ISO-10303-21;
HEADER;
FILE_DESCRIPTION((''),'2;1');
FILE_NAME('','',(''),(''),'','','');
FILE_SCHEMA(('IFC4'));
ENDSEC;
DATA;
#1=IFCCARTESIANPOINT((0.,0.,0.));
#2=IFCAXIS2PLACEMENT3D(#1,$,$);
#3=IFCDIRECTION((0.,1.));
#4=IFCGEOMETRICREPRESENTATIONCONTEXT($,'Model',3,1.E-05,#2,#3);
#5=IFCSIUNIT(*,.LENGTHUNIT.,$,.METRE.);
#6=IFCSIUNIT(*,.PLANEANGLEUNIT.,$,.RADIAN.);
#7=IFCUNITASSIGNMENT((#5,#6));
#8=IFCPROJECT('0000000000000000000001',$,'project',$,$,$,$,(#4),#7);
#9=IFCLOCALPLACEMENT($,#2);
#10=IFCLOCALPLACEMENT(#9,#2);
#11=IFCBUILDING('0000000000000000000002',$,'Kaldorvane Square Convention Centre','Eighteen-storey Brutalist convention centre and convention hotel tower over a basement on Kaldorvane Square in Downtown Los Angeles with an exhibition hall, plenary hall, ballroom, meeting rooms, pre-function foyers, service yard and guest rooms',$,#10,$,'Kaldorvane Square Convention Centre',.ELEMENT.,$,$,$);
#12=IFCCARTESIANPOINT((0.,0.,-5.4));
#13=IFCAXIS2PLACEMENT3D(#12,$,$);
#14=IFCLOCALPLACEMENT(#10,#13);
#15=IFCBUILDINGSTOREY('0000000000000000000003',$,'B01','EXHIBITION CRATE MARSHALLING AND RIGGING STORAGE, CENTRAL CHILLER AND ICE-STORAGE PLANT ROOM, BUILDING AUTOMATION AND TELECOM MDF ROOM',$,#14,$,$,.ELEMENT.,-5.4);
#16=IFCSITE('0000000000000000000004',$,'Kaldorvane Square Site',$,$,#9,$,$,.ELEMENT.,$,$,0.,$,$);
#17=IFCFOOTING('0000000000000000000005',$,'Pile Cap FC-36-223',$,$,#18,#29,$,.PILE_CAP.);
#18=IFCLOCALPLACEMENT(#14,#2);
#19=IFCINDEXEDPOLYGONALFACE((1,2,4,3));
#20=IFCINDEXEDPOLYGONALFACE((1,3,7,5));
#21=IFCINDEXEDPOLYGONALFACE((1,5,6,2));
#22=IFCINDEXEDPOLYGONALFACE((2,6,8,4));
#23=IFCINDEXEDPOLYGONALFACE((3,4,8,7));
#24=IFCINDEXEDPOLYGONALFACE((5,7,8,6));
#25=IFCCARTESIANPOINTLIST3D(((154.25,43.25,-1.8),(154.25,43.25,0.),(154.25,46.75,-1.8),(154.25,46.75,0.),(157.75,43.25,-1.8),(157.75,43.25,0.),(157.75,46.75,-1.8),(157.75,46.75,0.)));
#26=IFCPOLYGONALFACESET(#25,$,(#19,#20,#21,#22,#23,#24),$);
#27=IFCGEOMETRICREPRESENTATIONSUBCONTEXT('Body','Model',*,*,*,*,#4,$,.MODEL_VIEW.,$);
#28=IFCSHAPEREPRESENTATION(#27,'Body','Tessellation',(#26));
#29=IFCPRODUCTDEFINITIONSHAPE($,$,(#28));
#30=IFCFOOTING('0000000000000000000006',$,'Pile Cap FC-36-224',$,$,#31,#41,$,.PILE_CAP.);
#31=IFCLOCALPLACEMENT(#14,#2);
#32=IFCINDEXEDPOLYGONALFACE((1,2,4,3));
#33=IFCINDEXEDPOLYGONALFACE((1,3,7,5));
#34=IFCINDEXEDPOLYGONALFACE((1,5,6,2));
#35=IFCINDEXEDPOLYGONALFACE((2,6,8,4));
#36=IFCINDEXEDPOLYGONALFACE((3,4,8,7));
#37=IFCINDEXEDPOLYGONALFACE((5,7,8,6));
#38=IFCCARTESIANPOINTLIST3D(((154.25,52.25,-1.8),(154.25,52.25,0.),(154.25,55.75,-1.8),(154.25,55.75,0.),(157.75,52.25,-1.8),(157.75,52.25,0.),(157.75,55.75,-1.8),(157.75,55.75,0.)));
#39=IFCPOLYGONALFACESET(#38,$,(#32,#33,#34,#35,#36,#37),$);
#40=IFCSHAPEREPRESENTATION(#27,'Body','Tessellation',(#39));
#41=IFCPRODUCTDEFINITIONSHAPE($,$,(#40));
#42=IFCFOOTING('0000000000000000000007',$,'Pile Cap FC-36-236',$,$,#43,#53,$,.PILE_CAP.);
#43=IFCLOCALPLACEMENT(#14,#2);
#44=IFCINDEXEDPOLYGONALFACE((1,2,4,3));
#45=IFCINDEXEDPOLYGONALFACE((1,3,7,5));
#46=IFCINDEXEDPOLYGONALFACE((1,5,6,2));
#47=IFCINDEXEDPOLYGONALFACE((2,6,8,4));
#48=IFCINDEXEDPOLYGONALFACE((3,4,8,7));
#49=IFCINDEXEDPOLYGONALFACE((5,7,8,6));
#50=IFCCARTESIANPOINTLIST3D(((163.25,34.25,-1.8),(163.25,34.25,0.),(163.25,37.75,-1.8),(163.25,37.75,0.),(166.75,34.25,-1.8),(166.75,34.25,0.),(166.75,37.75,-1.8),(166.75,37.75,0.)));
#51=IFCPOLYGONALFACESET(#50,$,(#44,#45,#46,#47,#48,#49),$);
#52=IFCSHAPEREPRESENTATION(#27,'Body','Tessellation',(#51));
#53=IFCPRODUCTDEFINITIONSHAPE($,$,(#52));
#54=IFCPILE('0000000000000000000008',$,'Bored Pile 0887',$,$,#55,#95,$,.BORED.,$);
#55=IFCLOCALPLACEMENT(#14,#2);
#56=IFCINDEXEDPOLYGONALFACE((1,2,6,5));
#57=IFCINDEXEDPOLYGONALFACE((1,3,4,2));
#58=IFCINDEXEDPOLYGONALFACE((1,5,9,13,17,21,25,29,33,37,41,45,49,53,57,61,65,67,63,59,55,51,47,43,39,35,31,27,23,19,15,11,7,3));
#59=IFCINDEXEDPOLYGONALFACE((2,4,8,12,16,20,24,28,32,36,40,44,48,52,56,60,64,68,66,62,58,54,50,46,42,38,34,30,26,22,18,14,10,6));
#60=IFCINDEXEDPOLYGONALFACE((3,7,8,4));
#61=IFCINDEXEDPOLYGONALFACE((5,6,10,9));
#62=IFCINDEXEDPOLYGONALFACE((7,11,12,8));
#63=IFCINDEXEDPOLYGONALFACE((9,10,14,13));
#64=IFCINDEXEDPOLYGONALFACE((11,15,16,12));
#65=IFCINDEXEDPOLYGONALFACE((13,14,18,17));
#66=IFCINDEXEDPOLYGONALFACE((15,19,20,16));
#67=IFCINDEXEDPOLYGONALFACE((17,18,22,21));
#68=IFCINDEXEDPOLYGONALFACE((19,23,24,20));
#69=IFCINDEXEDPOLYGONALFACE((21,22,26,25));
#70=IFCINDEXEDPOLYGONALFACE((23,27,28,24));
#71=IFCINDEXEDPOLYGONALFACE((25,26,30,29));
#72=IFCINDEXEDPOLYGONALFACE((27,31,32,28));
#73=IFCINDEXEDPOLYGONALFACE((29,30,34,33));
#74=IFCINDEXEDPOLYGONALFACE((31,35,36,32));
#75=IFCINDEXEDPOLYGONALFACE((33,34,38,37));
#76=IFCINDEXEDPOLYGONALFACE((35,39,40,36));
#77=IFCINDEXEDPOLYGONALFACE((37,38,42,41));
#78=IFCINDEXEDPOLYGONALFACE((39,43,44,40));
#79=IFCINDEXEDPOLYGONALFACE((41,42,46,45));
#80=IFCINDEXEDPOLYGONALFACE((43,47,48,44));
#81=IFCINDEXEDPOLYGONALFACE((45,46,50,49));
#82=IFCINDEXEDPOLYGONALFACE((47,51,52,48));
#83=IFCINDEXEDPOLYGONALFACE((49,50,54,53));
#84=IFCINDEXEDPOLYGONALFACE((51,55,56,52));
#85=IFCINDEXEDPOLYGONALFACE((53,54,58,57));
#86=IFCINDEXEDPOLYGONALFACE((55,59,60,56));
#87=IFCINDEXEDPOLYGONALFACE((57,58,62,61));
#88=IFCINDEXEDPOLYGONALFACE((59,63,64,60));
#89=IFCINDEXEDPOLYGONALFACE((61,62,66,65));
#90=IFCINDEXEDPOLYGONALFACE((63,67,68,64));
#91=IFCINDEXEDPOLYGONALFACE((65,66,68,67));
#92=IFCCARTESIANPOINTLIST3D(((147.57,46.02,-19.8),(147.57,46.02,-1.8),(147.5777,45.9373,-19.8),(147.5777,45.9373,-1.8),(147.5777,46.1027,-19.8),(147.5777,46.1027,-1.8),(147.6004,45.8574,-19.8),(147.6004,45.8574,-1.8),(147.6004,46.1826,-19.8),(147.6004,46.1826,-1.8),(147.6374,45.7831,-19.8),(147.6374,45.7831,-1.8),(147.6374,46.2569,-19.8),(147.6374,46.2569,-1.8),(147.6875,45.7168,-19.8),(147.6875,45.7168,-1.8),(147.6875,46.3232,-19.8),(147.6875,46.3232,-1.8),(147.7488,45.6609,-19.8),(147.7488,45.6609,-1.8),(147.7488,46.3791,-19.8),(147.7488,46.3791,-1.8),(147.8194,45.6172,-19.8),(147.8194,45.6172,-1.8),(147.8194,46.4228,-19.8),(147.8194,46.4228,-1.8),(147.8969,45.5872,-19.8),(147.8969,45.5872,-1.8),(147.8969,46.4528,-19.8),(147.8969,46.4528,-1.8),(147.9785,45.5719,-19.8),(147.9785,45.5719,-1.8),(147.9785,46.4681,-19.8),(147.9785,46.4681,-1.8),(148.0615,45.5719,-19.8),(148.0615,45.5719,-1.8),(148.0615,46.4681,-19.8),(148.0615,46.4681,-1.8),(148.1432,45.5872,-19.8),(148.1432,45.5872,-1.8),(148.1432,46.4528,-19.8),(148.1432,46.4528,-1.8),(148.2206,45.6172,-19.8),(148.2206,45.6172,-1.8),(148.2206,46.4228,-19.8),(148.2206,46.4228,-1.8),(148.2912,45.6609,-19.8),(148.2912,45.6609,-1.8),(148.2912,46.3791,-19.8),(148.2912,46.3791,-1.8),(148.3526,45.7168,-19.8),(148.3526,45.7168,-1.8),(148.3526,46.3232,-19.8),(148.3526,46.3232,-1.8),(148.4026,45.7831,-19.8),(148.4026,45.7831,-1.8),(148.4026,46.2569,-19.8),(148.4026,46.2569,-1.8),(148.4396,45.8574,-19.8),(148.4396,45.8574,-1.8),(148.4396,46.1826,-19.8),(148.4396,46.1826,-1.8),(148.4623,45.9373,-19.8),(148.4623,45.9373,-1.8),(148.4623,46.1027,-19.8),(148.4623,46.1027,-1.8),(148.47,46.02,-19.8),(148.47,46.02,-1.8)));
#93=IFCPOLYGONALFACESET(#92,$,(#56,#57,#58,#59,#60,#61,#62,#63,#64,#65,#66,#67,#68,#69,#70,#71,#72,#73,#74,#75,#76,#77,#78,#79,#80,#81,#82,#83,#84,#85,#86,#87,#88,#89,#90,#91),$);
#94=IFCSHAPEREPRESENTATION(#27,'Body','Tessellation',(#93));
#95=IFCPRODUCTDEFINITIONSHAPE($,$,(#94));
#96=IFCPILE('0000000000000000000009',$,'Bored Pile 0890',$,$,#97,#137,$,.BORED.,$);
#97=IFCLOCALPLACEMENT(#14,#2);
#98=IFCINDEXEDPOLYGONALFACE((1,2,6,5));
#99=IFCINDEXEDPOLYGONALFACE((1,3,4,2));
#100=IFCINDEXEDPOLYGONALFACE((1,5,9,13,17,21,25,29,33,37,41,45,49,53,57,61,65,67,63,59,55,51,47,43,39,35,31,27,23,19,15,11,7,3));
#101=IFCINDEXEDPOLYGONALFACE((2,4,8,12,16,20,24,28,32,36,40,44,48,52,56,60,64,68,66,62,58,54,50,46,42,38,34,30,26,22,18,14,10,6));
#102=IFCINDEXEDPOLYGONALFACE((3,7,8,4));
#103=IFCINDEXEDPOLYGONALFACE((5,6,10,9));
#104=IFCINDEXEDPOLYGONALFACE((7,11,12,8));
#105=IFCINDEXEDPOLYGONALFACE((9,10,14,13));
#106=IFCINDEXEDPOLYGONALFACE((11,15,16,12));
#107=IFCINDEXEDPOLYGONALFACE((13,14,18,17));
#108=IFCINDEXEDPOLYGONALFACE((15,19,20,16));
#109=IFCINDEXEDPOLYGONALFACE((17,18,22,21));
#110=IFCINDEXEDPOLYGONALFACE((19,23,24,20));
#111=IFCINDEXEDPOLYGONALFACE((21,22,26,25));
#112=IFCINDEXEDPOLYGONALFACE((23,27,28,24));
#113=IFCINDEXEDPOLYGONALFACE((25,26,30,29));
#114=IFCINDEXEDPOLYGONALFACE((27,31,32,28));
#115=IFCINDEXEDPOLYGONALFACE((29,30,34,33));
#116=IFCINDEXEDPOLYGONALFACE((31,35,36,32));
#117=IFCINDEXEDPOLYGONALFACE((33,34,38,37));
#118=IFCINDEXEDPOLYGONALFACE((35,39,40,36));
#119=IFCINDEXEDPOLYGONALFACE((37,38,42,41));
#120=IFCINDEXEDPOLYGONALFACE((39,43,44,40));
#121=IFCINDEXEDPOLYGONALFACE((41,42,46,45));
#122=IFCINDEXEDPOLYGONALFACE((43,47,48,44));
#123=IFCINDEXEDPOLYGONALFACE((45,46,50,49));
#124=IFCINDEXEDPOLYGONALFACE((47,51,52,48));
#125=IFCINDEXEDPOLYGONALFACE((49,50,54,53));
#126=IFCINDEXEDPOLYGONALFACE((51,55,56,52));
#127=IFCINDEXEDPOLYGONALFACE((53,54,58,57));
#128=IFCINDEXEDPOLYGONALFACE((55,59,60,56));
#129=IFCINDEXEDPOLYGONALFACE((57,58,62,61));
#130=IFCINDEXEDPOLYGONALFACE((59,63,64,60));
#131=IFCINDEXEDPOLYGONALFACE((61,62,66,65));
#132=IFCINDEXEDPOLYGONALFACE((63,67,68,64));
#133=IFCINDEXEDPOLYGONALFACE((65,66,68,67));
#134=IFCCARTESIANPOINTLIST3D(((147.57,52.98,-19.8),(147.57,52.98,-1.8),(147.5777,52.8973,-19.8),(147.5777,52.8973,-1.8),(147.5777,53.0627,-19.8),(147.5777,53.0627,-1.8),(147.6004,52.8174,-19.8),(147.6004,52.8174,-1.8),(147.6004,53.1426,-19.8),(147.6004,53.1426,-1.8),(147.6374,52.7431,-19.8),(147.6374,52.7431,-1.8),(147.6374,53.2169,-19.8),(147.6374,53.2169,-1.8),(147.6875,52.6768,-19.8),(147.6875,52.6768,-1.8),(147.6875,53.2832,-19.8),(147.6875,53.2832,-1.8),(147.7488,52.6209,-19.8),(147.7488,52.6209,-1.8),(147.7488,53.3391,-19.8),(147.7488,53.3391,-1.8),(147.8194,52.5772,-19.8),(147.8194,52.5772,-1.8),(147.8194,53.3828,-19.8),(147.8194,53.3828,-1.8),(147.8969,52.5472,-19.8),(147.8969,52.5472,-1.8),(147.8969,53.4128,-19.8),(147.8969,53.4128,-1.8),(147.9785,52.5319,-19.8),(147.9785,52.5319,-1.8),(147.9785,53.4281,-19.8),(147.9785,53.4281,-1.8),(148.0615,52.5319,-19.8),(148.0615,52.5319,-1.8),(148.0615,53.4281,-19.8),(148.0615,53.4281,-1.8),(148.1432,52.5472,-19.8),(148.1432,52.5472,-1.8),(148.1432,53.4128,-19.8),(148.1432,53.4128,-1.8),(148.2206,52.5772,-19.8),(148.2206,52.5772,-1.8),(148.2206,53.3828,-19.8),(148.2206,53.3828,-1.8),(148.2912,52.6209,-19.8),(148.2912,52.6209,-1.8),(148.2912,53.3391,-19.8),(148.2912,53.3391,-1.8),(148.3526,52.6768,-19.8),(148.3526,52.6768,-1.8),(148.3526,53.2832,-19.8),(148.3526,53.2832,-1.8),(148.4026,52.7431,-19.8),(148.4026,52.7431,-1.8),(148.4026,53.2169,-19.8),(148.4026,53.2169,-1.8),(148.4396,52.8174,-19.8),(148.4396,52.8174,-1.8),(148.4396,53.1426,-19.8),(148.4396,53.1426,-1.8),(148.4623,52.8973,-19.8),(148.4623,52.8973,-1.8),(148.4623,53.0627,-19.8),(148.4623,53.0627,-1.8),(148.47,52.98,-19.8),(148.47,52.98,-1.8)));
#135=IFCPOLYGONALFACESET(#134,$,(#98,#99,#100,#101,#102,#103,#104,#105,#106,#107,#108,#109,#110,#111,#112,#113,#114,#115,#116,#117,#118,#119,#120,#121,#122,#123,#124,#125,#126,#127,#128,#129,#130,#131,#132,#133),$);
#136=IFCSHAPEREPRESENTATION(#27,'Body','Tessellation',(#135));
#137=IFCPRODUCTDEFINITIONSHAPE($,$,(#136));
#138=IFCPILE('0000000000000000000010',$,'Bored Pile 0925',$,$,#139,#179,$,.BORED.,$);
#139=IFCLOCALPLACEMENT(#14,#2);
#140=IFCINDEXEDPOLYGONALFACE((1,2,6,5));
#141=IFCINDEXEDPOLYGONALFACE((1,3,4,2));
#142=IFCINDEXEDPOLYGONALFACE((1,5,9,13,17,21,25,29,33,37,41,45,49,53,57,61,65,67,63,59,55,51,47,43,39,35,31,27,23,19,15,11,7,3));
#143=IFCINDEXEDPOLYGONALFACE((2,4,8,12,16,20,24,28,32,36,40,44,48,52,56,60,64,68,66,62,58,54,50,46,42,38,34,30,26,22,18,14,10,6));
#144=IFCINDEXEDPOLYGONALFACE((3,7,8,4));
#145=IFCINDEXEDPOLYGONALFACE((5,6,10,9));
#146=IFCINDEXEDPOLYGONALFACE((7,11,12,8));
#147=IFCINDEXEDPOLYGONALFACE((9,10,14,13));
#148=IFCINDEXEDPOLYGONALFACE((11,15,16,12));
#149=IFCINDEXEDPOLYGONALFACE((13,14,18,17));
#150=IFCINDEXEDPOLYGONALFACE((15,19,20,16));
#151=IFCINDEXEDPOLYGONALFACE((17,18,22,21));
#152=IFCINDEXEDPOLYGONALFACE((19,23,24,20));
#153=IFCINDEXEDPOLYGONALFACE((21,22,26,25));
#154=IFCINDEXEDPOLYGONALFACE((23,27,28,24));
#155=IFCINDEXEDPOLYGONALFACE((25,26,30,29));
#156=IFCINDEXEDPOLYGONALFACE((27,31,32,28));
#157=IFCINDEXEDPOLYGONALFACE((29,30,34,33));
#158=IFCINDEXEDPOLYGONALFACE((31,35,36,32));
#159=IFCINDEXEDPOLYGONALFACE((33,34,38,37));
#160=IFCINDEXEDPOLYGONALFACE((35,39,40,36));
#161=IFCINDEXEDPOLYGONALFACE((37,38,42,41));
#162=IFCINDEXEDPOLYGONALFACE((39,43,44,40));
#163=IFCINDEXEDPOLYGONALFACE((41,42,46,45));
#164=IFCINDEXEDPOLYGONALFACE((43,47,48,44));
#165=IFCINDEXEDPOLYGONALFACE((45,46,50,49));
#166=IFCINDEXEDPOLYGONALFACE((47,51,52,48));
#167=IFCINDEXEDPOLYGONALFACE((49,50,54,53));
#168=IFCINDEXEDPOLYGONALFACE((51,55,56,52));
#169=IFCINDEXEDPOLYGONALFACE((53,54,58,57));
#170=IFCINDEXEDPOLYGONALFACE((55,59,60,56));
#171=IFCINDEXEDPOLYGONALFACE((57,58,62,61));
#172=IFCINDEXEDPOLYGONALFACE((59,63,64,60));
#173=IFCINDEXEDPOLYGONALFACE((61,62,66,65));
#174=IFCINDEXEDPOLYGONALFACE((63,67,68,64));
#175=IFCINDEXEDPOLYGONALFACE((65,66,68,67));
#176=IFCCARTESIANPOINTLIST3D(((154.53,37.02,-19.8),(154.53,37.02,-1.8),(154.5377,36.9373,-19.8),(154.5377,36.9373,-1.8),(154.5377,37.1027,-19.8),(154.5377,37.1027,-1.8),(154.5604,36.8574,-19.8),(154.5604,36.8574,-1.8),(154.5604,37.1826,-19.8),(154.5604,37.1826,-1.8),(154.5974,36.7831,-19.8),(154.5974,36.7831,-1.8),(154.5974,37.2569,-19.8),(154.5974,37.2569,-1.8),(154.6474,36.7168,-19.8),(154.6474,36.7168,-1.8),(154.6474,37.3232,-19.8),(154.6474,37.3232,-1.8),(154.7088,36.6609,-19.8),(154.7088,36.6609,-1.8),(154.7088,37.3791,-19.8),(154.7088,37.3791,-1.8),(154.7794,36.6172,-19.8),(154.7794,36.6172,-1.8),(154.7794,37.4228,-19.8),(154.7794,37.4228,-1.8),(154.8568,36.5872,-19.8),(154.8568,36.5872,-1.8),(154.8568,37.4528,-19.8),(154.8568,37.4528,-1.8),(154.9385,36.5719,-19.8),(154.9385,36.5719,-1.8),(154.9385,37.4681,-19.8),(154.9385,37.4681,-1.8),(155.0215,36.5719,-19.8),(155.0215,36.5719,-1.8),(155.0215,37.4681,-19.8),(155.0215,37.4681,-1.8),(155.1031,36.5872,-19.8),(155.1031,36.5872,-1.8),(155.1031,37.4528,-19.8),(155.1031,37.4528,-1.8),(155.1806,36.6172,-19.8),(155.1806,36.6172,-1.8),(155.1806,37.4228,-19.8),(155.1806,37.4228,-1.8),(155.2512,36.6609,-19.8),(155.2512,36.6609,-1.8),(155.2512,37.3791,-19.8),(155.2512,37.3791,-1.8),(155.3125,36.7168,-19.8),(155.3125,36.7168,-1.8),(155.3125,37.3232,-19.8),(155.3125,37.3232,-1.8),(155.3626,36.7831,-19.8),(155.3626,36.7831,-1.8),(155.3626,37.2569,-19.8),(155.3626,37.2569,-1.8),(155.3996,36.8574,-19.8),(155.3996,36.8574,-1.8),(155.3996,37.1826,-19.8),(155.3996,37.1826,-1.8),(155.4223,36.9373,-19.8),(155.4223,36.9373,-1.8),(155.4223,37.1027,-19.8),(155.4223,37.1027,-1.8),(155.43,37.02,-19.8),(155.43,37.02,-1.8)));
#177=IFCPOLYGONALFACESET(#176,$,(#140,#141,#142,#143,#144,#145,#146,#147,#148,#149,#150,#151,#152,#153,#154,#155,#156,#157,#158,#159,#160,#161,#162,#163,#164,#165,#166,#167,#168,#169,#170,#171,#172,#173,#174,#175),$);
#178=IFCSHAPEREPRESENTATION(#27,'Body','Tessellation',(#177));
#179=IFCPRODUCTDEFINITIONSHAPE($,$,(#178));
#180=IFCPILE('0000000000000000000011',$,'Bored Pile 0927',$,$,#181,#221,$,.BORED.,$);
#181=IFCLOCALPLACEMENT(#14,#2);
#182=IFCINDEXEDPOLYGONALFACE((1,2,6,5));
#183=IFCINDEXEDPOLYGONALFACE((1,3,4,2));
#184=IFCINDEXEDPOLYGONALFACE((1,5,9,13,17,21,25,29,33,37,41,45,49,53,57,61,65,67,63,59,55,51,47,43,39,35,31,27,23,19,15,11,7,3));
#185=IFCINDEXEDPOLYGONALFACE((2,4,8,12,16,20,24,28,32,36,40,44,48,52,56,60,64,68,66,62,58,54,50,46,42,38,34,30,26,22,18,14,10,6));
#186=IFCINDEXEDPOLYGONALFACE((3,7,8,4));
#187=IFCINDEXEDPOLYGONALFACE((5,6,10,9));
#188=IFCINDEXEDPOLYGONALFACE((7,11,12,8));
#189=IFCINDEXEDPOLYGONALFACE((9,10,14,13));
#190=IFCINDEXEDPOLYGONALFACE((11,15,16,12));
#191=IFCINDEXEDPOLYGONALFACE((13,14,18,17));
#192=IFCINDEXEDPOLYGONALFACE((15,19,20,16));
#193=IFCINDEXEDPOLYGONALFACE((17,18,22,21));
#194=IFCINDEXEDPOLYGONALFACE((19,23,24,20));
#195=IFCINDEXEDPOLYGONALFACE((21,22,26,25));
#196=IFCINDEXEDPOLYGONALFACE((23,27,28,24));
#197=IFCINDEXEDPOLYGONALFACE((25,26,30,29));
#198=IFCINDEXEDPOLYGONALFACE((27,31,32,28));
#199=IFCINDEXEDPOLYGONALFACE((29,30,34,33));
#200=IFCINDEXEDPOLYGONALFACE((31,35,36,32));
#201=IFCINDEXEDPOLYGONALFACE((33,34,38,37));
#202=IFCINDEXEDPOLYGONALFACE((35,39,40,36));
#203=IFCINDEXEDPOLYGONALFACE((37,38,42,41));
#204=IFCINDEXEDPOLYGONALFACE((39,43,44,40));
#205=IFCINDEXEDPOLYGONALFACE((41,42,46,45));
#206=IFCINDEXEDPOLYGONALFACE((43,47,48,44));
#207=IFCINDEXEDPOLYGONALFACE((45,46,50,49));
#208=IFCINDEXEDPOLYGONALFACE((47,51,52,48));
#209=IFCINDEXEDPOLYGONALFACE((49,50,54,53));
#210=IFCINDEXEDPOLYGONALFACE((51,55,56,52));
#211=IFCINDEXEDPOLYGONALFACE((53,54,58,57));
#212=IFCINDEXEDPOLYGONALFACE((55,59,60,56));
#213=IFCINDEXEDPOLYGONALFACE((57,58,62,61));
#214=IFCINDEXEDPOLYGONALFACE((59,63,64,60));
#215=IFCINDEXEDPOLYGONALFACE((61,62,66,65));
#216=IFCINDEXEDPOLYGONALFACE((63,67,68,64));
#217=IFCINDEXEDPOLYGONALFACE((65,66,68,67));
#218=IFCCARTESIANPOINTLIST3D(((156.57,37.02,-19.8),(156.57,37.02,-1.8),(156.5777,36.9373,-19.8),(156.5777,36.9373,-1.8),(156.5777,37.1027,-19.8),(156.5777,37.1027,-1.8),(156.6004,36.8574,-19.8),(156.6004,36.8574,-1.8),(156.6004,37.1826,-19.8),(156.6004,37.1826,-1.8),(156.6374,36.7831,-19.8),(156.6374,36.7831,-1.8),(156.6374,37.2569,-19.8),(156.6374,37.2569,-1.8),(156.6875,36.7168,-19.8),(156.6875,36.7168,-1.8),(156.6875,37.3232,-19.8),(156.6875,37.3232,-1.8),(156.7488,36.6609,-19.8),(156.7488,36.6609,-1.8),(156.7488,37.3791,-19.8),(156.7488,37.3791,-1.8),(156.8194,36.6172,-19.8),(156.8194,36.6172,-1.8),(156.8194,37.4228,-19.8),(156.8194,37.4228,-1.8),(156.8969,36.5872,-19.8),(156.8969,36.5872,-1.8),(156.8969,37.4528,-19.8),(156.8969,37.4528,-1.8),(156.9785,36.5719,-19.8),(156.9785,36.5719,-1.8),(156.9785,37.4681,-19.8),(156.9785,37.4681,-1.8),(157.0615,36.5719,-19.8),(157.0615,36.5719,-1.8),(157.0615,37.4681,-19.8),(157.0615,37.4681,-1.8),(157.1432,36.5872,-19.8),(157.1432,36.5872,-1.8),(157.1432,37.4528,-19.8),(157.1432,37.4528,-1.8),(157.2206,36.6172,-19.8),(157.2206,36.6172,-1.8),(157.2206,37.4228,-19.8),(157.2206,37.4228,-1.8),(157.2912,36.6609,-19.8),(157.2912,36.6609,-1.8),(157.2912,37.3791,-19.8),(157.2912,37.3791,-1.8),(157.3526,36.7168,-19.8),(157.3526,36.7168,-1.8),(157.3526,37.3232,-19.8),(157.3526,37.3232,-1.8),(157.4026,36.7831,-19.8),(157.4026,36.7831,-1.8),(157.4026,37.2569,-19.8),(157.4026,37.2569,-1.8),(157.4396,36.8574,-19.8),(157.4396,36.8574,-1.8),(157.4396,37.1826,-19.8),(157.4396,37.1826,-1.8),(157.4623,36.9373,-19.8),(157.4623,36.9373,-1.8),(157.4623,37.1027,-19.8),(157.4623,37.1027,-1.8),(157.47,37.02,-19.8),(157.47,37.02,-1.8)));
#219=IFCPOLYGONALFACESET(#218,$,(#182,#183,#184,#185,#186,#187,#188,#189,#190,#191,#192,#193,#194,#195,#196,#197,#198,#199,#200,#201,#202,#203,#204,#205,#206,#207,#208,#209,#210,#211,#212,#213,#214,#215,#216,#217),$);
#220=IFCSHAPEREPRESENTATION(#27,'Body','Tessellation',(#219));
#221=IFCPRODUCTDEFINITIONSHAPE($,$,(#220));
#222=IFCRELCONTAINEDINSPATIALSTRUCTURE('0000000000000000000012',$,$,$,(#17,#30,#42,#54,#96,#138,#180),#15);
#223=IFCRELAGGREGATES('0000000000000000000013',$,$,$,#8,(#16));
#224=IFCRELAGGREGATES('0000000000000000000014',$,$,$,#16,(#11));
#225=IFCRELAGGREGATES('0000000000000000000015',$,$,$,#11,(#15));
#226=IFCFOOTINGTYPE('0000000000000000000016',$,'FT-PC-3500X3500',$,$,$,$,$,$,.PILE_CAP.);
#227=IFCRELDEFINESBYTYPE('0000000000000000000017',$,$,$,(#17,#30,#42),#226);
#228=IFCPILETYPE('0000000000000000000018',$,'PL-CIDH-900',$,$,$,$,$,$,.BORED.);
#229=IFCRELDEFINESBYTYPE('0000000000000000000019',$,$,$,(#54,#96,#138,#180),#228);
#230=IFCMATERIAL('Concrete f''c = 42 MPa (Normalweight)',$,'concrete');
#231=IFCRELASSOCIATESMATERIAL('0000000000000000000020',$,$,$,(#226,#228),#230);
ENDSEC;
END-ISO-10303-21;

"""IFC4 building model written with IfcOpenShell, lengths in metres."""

from ifc_helpers import new_model, si_unit, direction, frame, origin, origin_2d, place, context, subcontext, project, spatial, rectangle, circle, extrude, material, material_profile, profile_set, type_object, element, save


model = new_model("IFC4")

# Units and contexts
model_context = context("Model", 3, precision=1e-05, world=origin(), true_north=direction((0.0, 1.0)))
body_context = subcontext(model_context, "Body", "Model", "MODEL_VIEW")
ifc_project = project(units=[si_unit("LENGTHUNIT", "METRE"), si_unit("PLANEANGLEUNIT", "RADIAN")], contexts=[model_context])

# Site, building, storey
site_placement = place(None, origin())
site = spatial("IfcSite", under=ifc_project, at=site_placement, Name="Kaldorvane Square Site", CompositionType="ELEMENT", RefElevation=0.0)
building_placement = place(site_placement, origin())
building = spatial("IfcBuilding", under=site, at=building_placement, Name="Kaldorvane Square Convention Centre", Description="Eighteen-storey Brutalist convention centre and convention hotel tower over a basement on Kaldorvane Square in Downtown Los Angeles with an exhibition hall, plenary hall, ballroom, meeting rooms, pre-function foyers, service yard and guest rooms", LongName="Kaldorvane Square Convention Centre", CompositionType="ELEMENT")
storey_placement = place(building_placement, frame((0.0, 0.0, -5.4)))
storey = spatial("IfcBuildingStorey", under=building, at=storey_placement, Name="B01", Description="EXHIBITION CRATE MARSHALLING AND RIGGING STORAGE, CENTRAL CHILLER AND ICE-STORAGE PLANT ROOM, BUILDING AUTOMATION AND TELECOM MDF ROOM", CompositionType="ELEMENT", Elevation=-5.4)

# Footings
ifc_material_1 = material(Name="Concrete f'c = 42 MPa (Normalweight)", Category="concrete")
footing_type = type_object("IfcFootingType", Name="FT-PC-3500X3500", PredefinedType="PILE_CAP", material=ifc_material_1)
for number, where, z_axis, x_axis, name in (
    (1, (156.0, 45.0, -1.8), (0.0, 0.0, 1.0), (1.0, 0.0, 0.0), "Pile Cap FC-36-223"),
    (2, (156.0, 54.0, -1.8), (0.0, 0.0, 1.0), (1.0, 0.0, 0.0), "Pile Cap FC-36-224"),
    (3, (165.0, 36.0, -1.8), (0.0, 0.0, 1.0), (1.0, 0.0, 0.0), "Pile Cap FC-36-236"),
):
    element("IfcFooting", number, at=place(storey_placement, frame(where, z_axis=z_axis, x_axis=x_axis)), inside=storey, type_object=footing_type, Name=name, PredefinedType="PILE_CAP", context=body_context, shape_type="SweptSolid", body=[
        extrude(rectangle(XDim=3.5, YDim=3.5, at=origin_2d()), origin(), (0.0, 0.0, 1.0), 1.8),
    ])

# Piles
ifc_material_profile_1 = material_profile(ifc_material_1, circle(Radius=0.45, at=origin_2d()), Name="PILE-D900")
ifc_profile_set_1 = profile_set([ifc_material_profile_1], Name="Concrete f'c = 42 MPa (Normalweight)")
pile_type = type_object("IfcPileType", Name="PL-CIDH-900", PredefinedType="BORED", material=ifc_profile_set_1)
for number, where, z_axis, x_axis, name in (
    (4, (148.02, 46.02, -1.8), (0.0, 0.0, -1.0), (1.0, 0.0, 0.0), "Bored Pile 0887"),
    (5, (148.02, 52.98, -1.8), (0.0, 0.0, -1.0), (1.0, 0.0, 0.0), "Bored Pile 0890"),
    (6, (154.98, 37.02, -1.8), (0.0, 0.0, -1.0), (1.0, 0.0, 0.0), "Bored Pile 0925"),
    (7, (157.02, 37.02, -1.8), (0.0, 0.0, -1.0), (1.0, 0.0, 0.0), "Bored Pile 0927"),
):
    element("IfcPile", number, at=place(storey_placement, frame(where, z_axis=z_axis, x_axis=x_axis)), inside=storey, type_object=pile_type, Name=name, PredefinedType="BORED", context=body_context, shape_type="SweptSolid", body=[
        extrude(circle(Radius=0.45, at=origin_2d()), origin(), (0.0, 0.0, 1.0), 18.0),
    ])

save(model, "model.ifc")
